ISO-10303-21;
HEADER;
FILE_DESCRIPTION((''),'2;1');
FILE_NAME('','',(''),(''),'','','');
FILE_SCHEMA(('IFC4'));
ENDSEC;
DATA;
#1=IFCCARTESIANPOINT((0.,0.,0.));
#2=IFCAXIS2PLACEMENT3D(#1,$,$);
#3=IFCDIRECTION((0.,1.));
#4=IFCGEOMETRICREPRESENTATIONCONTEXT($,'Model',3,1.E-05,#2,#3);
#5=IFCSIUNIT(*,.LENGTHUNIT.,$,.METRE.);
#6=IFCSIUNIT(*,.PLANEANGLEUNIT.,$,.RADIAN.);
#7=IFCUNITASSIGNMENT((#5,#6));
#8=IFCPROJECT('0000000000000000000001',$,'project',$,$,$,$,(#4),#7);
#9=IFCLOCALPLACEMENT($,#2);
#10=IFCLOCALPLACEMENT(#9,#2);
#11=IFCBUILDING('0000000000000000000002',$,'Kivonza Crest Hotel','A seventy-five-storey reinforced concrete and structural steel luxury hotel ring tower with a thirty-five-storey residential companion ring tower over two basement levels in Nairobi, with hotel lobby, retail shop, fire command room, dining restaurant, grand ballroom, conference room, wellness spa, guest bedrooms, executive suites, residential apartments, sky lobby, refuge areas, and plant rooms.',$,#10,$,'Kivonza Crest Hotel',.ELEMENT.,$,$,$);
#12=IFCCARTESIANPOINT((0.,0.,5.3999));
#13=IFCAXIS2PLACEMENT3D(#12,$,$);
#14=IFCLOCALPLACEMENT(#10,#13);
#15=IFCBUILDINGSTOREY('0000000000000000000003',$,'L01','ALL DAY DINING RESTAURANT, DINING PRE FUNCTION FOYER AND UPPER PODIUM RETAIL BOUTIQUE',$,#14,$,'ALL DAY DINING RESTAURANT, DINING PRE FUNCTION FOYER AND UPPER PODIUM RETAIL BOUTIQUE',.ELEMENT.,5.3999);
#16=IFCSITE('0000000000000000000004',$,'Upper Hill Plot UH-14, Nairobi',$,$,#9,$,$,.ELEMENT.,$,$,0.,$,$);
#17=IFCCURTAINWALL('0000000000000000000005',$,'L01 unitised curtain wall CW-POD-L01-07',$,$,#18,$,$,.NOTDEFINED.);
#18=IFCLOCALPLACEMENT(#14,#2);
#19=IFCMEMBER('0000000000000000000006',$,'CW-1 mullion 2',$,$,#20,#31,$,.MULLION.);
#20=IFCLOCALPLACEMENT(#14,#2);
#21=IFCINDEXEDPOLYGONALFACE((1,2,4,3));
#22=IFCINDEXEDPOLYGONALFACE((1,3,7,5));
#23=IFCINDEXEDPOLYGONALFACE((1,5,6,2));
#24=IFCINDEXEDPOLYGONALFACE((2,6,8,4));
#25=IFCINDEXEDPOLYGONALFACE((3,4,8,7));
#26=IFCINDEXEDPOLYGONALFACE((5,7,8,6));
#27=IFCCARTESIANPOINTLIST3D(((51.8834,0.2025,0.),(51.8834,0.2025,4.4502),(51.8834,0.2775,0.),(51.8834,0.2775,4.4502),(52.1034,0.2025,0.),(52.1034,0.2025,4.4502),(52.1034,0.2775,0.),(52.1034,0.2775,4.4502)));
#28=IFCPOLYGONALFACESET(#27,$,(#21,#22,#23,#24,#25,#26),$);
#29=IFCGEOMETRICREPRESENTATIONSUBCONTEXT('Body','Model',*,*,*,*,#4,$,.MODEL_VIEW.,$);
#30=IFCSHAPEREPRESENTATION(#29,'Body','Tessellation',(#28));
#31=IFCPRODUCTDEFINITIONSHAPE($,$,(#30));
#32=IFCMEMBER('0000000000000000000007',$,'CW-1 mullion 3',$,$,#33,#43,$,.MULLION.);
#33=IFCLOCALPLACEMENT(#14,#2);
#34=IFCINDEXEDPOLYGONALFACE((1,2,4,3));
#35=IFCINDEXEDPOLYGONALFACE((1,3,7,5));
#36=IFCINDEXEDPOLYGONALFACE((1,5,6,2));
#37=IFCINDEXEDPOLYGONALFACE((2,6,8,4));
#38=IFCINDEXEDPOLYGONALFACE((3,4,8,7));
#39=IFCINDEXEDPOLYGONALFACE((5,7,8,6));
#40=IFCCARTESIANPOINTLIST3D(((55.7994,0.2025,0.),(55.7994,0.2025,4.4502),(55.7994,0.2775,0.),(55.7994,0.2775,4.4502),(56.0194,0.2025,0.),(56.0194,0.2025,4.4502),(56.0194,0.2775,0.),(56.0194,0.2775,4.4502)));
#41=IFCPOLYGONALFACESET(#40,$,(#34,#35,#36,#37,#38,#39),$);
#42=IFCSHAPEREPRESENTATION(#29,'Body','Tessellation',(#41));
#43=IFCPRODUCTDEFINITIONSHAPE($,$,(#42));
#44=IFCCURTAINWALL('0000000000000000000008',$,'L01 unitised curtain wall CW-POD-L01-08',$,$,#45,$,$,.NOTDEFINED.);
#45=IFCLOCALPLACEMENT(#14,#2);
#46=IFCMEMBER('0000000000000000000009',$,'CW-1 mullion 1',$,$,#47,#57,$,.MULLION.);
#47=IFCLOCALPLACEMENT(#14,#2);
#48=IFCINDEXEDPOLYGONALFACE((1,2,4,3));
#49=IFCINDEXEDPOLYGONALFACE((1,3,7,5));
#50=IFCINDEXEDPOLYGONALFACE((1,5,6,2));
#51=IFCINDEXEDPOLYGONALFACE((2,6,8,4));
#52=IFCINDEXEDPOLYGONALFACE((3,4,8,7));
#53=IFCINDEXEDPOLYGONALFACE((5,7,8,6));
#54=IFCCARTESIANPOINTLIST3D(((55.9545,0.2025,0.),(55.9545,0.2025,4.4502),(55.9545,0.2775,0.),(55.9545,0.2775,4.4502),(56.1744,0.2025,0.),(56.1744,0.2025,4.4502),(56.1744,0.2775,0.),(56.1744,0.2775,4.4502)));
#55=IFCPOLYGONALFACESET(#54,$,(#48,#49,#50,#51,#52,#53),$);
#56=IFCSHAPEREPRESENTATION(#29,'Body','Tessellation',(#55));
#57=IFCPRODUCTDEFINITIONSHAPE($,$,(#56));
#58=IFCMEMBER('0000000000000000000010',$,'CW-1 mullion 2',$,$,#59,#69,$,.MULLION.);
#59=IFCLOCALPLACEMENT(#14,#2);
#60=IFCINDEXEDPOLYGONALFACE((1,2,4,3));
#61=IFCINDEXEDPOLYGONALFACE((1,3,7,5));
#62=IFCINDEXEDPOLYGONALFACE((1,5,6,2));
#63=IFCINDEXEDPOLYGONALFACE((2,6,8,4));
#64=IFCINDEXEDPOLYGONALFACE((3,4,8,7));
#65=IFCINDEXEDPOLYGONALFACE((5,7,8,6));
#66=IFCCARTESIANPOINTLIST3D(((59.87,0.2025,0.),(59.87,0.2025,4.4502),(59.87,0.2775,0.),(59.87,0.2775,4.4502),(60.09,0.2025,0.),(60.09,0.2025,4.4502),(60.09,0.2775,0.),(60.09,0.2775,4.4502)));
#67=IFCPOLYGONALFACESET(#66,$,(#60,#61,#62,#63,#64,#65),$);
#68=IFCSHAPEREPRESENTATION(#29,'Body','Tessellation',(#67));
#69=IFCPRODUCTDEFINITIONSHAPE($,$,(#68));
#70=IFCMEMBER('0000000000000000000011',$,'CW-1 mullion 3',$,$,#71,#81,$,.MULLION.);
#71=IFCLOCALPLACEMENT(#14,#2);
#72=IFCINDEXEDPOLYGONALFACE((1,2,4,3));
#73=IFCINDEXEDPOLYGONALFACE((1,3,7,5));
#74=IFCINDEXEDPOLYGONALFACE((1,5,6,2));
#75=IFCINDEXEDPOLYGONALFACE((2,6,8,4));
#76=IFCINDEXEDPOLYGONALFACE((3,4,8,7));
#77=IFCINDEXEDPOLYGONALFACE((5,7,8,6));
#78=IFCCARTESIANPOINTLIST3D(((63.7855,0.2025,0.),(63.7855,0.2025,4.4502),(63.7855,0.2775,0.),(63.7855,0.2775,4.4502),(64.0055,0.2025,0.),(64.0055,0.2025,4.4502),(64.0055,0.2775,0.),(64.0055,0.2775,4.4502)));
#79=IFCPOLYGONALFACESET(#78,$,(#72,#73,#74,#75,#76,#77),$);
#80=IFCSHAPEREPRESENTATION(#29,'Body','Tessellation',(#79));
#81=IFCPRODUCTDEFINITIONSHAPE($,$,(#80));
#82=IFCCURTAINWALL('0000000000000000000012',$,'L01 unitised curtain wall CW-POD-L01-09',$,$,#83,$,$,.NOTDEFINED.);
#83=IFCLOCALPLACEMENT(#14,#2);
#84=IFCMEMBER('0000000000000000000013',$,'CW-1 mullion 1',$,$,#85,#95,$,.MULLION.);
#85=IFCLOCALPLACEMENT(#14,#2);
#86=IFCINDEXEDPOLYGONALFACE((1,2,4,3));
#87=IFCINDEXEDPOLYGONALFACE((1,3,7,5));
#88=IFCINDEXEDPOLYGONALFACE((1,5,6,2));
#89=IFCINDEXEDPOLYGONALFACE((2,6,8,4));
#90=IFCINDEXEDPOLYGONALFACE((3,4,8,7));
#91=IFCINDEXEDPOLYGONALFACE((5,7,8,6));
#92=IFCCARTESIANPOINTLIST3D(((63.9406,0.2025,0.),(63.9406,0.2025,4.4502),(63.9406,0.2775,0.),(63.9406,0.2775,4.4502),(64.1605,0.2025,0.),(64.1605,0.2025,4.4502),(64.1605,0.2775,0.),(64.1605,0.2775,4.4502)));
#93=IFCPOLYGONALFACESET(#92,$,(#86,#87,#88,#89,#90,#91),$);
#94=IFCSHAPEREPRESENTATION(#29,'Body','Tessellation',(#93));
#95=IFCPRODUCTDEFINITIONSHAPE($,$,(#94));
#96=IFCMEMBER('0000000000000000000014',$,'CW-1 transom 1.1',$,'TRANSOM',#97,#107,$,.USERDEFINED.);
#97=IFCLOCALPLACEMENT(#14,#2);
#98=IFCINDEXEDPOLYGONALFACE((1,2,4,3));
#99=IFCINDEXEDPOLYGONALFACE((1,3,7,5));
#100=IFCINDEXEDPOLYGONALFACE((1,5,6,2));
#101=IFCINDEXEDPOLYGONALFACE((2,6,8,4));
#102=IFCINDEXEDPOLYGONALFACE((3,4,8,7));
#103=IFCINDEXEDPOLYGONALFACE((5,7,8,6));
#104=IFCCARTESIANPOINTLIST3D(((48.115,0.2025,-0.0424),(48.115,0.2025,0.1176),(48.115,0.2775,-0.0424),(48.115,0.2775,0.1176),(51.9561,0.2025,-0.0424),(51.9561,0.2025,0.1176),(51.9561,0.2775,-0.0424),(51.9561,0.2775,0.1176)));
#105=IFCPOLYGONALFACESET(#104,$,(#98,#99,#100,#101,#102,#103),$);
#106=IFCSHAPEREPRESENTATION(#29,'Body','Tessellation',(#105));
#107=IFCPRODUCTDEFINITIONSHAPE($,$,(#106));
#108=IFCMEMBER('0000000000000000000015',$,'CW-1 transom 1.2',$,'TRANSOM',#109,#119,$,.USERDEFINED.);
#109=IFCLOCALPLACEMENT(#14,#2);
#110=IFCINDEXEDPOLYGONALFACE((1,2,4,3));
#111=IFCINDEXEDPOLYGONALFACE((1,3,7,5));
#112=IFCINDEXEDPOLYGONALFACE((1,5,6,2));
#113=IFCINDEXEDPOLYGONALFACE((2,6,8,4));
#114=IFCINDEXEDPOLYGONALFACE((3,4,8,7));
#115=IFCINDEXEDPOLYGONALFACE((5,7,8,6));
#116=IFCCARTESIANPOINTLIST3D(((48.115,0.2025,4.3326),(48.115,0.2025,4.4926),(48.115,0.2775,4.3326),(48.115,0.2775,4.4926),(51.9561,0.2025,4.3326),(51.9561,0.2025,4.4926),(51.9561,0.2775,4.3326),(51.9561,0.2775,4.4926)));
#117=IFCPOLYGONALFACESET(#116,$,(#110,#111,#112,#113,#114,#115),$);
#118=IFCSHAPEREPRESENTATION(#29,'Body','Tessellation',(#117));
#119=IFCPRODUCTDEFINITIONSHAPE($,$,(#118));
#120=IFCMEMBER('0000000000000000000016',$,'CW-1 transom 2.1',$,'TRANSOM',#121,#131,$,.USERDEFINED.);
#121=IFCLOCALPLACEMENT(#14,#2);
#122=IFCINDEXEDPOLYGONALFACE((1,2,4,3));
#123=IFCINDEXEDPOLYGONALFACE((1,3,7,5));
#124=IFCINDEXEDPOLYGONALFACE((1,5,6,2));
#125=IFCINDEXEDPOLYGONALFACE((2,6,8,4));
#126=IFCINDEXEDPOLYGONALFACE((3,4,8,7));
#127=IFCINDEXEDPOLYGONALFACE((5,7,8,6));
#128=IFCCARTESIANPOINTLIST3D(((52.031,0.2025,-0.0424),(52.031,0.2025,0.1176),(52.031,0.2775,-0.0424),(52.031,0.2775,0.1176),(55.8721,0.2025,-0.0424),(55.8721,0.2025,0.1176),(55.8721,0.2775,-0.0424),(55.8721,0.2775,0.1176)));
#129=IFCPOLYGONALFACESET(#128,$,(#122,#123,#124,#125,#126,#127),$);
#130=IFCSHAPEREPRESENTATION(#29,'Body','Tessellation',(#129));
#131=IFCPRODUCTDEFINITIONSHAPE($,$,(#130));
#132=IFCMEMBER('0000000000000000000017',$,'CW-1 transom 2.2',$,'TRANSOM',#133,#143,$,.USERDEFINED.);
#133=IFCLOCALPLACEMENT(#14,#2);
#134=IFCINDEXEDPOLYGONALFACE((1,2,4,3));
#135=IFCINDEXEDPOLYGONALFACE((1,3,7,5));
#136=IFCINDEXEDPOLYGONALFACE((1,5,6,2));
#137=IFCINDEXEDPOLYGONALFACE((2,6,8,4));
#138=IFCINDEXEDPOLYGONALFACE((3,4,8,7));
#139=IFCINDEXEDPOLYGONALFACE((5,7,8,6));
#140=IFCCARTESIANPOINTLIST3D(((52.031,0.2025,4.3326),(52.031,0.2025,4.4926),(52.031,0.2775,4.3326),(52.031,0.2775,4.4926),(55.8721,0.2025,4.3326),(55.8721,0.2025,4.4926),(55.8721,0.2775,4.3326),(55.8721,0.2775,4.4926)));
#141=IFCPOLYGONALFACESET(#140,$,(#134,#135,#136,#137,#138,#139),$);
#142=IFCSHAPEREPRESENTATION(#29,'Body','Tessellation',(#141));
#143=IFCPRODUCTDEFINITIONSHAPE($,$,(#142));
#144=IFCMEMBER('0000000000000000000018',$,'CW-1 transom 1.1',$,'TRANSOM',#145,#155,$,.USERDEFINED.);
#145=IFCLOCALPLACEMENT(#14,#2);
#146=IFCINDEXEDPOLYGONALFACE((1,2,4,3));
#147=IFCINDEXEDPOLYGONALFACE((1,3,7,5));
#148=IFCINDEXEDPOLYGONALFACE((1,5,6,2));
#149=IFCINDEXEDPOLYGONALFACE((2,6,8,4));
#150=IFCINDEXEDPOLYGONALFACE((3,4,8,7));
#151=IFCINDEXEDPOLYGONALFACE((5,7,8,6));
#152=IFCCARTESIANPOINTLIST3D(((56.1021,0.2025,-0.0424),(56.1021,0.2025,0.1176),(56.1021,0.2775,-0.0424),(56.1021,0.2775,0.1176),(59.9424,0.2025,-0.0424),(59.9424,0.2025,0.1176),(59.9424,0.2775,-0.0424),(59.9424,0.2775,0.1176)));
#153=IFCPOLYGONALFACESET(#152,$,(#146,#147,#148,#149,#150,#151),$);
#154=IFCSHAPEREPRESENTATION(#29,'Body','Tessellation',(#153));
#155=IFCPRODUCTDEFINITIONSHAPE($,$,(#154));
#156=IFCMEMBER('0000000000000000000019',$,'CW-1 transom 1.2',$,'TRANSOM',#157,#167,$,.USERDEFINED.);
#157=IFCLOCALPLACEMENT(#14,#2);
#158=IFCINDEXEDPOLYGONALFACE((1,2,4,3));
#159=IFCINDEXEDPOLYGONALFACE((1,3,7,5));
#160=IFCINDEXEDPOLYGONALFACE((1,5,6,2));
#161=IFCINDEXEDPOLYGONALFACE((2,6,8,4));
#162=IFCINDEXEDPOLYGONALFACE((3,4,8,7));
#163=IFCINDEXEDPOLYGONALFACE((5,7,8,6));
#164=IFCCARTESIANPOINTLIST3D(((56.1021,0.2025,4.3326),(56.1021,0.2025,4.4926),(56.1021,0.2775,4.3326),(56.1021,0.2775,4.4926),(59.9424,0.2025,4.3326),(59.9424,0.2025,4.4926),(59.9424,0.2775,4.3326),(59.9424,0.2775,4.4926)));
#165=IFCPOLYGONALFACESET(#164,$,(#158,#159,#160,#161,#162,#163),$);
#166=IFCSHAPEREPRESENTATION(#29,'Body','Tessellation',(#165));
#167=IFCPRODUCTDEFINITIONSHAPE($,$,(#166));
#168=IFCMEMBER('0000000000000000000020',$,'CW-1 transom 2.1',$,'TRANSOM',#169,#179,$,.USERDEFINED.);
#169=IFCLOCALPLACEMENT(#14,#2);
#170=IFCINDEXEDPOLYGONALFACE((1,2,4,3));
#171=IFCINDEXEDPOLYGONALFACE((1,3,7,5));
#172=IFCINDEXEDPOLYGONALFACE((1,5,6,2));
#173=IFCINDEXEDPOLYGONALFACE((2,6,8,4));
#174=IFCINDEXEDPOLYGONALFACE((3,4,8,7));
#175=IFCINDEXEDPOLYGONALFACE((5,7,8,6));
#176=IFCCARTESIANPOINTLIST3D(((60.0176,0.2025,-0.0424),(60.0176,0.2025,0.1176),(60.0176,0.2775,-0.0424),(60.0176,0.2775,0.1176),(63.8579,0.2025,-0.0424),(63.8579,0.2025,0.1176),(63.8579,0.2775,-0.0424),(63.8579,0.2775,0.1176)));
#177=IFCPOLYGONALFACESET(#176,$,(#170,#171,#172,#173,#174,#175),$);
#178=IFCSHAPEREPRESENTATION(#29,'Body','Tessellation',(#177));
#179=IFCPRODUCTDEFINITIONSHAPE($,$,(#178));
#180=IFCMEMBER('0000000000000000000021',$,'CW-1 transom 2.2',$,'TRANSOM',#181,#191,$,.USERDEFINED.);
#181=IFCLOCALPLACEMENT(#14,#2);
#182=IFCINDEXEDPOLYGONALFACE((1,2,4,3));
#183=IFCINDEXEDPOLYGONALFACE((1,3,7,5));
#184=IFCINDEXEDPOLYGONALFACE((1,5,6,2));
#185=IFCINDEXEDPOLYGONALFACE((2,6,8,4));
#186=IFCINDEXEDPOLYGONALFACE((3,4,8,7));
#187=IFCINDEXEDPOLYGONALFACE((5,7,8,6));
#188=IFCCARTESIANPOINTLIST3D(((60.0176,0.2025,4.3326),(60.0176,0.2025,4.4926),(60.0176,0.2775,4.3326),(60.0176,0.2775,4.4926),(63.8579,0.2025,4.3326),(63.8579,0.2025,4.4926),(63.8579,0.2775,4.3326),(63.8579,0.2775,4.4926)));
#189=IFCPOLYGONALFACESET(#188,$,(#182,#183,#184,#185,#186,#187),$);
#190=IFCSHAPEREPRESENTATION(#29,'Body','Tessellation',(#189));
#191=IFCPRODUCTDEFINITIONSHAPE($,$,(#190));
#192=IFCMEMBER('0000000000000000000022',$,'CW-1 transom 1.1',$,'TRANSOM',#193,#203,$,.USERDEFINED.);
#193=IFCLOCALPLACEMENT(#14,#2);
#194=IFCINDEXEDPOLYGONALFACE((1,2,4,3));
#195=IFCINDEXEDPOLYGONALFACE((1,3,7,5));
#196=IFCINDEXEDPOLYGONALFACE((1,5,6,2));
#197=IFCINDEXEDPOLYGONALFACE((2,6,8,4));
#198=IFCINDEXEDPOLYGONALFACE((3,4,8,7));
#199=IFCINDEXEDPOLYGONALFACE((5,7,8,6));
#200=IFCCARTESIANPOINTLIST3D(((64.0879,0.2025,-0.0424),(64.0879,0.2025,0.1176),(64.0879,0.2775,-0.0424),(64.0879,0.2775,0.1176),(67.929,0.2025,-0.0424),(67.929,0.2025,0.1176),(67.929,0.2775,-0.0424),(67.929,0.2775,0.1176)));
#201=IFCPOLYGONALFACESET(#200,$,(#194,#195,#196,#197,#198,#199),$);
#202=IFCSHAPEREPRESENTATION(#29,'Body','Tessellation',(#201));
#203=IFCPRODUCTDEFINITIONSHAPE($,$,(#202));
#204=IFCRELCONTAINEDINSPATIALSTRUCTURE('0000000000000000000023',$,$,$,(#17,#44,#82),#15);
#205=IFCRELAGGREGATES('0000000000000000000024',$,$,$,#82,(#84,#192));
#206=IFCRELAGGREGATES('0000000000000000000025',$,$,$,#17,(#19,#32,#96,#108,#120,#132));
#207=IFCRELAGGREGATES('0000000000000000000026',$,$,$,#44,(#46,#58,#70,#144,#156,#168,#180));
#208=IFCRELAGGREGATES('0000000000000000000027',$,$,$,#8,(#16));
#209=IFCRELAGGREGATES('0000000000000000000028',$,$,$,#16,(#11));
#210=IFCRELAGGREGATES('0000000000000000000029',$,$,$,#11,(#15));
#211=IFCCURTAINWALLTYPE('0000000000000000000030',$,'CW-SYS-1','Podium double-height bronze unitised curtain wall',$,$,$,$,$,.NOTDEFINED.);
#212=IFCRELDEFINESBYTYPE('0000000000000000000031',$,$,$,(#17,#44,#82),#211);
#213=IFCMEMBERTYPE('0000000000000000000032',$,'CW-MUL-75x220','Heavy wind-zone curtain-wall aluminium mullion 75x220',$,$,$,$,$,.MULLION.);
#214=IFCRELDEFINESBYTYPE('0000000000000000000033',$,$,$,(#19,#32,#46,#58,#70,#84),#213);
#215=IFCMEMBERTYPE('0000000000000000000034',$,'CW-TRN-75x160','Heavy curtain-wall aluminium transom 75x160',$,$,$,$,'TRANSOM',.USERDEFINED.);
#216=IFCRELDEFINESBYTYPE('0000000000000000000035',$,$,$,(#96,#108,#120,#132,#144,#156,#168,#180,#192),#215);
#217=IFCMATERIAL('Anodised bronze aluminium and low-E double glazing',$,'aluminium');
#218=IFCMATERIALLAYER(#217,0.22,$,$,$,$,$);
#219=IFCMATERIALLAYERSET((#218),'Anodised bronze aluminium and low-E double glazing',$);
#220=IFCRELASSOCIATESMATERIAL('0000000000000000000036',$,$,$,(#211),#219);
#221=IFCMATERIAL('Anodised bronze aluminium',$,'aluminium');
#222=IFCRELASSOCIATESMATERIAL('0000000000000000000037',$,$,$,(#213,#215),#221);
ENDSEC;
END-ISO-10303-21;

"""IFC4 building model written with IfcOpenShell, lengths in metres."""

from ifc_helpers import new_model, si_unit, direction, frame, origin, origin_2d, place, context, subcontext, project, spatial, rectangle, extrude, material, layer, layer_set, material_profile, profile_set, type_object, element, aggregate, save


model = new_model("IFC4")

# Units and contexts
model_context = context("Model", 3, precision=1e-05, world=origin(), true_north=direction((0.0, 1.0)))
body_context = subcontext(model_context, "Body", "Model", "MODEL_VIEW")
ifc_project = project(units=[si_unit("LENGTHUNIT", "METRE"), si_unit("PLANEANGLEUNIT", "RADIAN")], contexts=[model_context])

# Site, building, storey
site_placement = place(None, origin())
site = spatial("IfcSite", under=ifc_project, at=site_placement, Name="Upper Hill Plot UH-14, Nairobi", CompositionType="ELEMENT", RefElevation=0.0)
building_placement = place(site_placement, origin())
building = spatial("IfcBuilding", under=site, at=building_placement, Name="Kivonza Crest Hotel", Description="A seventy-five-storey reinforced concrete and structural steel luxury hotel ring tower with a thirty-five-storey residential companion ring tower over two basement levels in Nairobi, with hotel lobby, retail shop, fire command room, dining restaurant, grand ballroom, conference room, wellness spa, guest bedrooms, executive suites, residential apartments, sky lobby, refuge areas, and plant rooms.", LongName="Kivonza Crest Hotel", CompositionType="ELEMENT")
storey_placement = place(building_placement, frame((0.0, 0.0, 5.3999)))
storey = spatial("IfcBuildingStorey", under=building, at=storey_placement, Name="L01", Description="ALL DAY DINING RESTAURANT, DINING PRE FUNCTION FOYER AND UPPER PODIUM RETAIL BOUTIQUE", LongName="ALL DAY DINING RESTAURANT, DINING PRE FUNCTION FOYER AND UPPER PODIUM RETAIL BOUTIQUE", CompositionType="ELEMENT", Elevation=5.3999)

# Curtain walls, members
ifc_material_1 = material(Name="Anodised bronze aluminium and low-E double glazing", Category="aluminium")
ifc_layer_1 = layer(ifc_material_1, 0.22)
ifc_layer_set_1 = layer_set([ifc_layer_1], Name="Anodised bronze aluminium and low-E double glazing")
curtain_wall_type = type_object("IfcCurtainWallType", Name="CW-SYS-1", Description="Podium double-height bronze unitised curtain wall", PredefinedType="NOTDEFINED", material=ifc_layer_set_1)
curtain_wall_1_placement = place(storey_placement, origin())
curtain_wall_1 = element("IfcCurtainWall", 1, at=curtain_wall_1_placement, inside=storey, type_object=curtain_wall_type, Name="L01 unitised curtain wall CW-POD-L01-07", PredefinedType="NOTDEFINED")
ifc_material_2 = material(Name="Anodised bronze aluminium", Category="aluminium")
ifc_material_profile_1 = material_profile(ifc_material_2, rectangle(XDim=0.075, YDim=0.22, at=origin_2d()), Name="CW-M 75x220")
ifc_profile_set_1 = profile_set([ifc_material_profile_1], Name="Anodised bronze aluminium")
member_type_1 = type_object("IfcMemberType", Name="CW-MUL-75x220", Description="Heavy wind-zone curtain-wall aluminium mullion 75x220", PredefinedType="MULLION", material=ifc_profile_set_1)
member_1_placement = place(storey_placement, frame((51.9934, 0.24, 0.0), z_axis=(0.0, 0.0, 1.0), x_axis=(0.0, 1.0, 0.0)))
member_1 = element("IfcMember", 2, at=member_1_placement, type_object=member_type_1, Name="CW-1 mullion 2", PredefinedType="MULLION", context=body_context, shape_type="SweptSolid", body=[
    extrude(rectangle(XDim=0.075, YDim=0.22, at=origin_2d()), origin(), (0.0, 0.0, 1.0), 4.4502),
])
member_2_placement = place(storey_placement, frame((55.9094, 0.24, 0.0), z_axis=(0.0, 0.0, 1.0), x_axis=(0.0, 1.0, 0.0)))
member_2 = element("IfcMember", 3, at=member_2_placement, type_object=member_type_1, Name="CW-1 mullion 3", PredefinedType="MULLION", context=body_context, shape_type="SweptSolid", body=[
    extrude(rectangle(XDim=0.075, YDim=0.22, at=origin_2d()), origin(), (0.0, 0.0, 1.0), 4.4502),
])
curtain_wall_2_placement = place(storey_placement, origin())
curtain_wall_2 = element("IfcCurtainWall", 4, at=curtain_wall_2_placement, inside=storey, type_object=curtain_wall_type, Name="L01 unitised curtain wall CW-POD-L01-08", PredefinedType="NOTDEFINED")
member_3_placement = place(storey_placement, frame((56.0645, 0.24, 0.0), z_axis=(0.0, 0.0, 1.0), x_axis=(0.0, 1.0, 0.0)))
member_3 = element("IfcMember", 5, at=member_3_placement, type_object=member_type_1, Name="CW-1 mullion 1", PredefinedType="MULLION", context=body_context, shape_type="SweptSolid", body=[
    extrude(rectangle(XDim=0.075, YDim=0.22, at=origin_2d()), origin(), (0.0, 0.0, 1.0), 4.4502),
])
member_4_placement = place(storey_placement, frame((59.98, 0.24, 0.0), z_axis=(0.0, 0.0, 1.0), x_axis=(0.0, 1.0, 0.0)))
member_4 = element("IfcMember", 6, at=member_4_placement, type_object=member_type_1, Name="CW-1 mullion 2", PredefinedType="MULLION", context=body_context, shape_type="SweptSolid", body=[
    extrude(rectangle(XDim=0.075, YDim=0.22, at=origin_2d()), origin(), (0.0, 0.0, 1.0), 4.4502),
])
member_5_placement = place(storey_placement, frame((63.8955, 0.24, 0.0), z_axis=(0.0, 0.0, 1.0), x_axis=(0.0, 1.0, 0.0)))
member_5 = element("IfcMember", 7, at=member_5_placement, type_object=member_type_1, Name="CW-1 mullion 3", PredefinedType="MULLION", context=body_context, shape_type="SweptSolid", body=[
    extrude(rectangle(XDim=0.075, YDim=0.22, at=origin_2d()), origin(), (0.0, 0.0, 1.0), 4.4502),
])

# Curtain wall, member
curtain_wall_3_placement = place(storey_placement, origin())
curtain_wall_3 = element("IfcCurtainWall", 8, at=curtain_wall_3_placement, inside=storey, type_object=curtain_wall_type, Name="L01 unitised curtain wall CW-POD-L01-09", PredefinedType="NOTDEFINED")
member_6_placement = place(storey_placement, frame((64.0505, 0.24, 0.0), z_axis=(0.0, 0.0, 1.0), x_axis=(0.0, 1.0, 0.0)))
member_6 = element("IfcMember", 9, at=member_6_placement, type_object=member_type_1, Name="CW-1 mullion 1", PredefinedType="MULLION", context=body_context, shape_type="SweptSolid", body=[
    extrude(rectangle(XDim=0.075, YDim=0.22, at=origin_2d()), origin(), (0.0, 0.0, 1.0), 4.4502),
])

# Members
ifc_material_profile_2 = material_profile(ifc_material_2, rectangle(XDim=0.075, YDim=0.1599, at=origin_2d()), Name="CW-T 75x160")
ifc_profile_set_2 = profile_set([ifc_material_profile_2], Name="Anodised bronze aluminium")
member_type_2 = type_object("IfcMemberType", Name="CW-TRN-75x160", Description="Heavy curtain-wall aluminium transom 75x160", ElementType="TRANSOM", PredefinedType="USERDEFINED", material=ifc_profile_set_2)
member_7_placement = place(storey_placement, frame((48.115, 0.24, 0.0376), z_axis=(1.0, 0.0, 0.0), x_axis=(0.0, 1.0, 0.0)))
member_7 = element("IfcMember", 10, at=member_7_placement, type_object=member_type_2, Name="CW-1 transom 1.1", ObjectType="TRANSOM", PredefinedType="USERDEFINED", context=body_context, shape_type="SweptSolid", body=[
    extrude(rectangle(XDim=0.075, YDim=0.1599, at=origin_2d()), origin(), (0.0, 0.0, 1.0), 3.8411),
])
member_8_placement = place(storey_placement, frame((48.115, 0.24, 4.4126), z_axis=(1.0, 0.0, 0.0), x_axis=(0.0, 1.0, 0.0)))
member_8 = element("IfcMember", 11, at=member_8_placement, type_object=member_type_2, Name="CW-1 transom 1.2", ObjectType="TRANSOM", PredefinedType="USERDEFINED", context=body_context, shape_type="SweptSolid", body=[
    extrude(rectangle(XDim=0.075, YDim=0.1599, at=origin_2d()), origin(), (0.0, 0.0, 1.0), 3.8411),
])
member_9_placement = place(storey_placement, frame((52.031, 0.24, 0.0376), z_axis=(1.0, 0.0, 0.0), x_axis=(0.0, 1.0, 0.0)))
member_9 = element("IfcMember", 12, at=member_9_placement, type_object=member_type_2, Name="CW-1 transom 2.1", ObjectType="TRANSOM", PredefinedType="USERDEFINED", context=body_context, shape_type="SweptSolid", body=[
    extrude(rectangle(XDim=0.075, YDim=0.1599, at=origin_2d()), origin(), (0.0, 0.0, 1.0), 3.8411),
])
member_10_placement = place(storey_placement, frame((52.031, 0.24, 4.4126), z_axis=(1.0, 0.0, 0.0), x_axis=(0.0, 1.0, 0.0)))
member_10 = element("IfcMember", 13, at=member_10_placement, type_object=member_type_2, Name="CW-1 transom 2.2", ObjectType="TRANSOM", PredefinedType="USERDEFINED", context=body_context, shape_type="SweptSolid", body=[
    extrude(rectangle(XDim=0.075, YDim=0.1599, at=origin_2d()), origin(), (0.0, 0.0, 1.0), 3.8411),
])
member_11_placement = place(storey_placement, frame((56.1021, 0.24, 0.0376), z_axis=(1.0, 0.0, 0.0), x_axis=(0.0, 1.0, 0.0)))
member_11 = element("IfcMember", 14, at=member_11_placement, type_object=member_type_2, Name="CW-1 transom 1.1", ObjectType="TRANSOM", PredefinedType="USERDEFINED", context=body_context, shape_type="SweptSolid", body=[
    extrude(rectangle(XDim=0.075, YDim=0.1599, at=origin_2d()), origin(), (0.0, 0.0, 1.0), 3.8403),
])
member_12_placement = place(storey_placement, frame((56.1021, 0.24, 4.4126), z_axis=(1.0, 0.0, 0.0), x_axis=(0.0, 1.0, 0.0)))
member_12 = element("IfcMember", 15, at=member_12_placement, type_object=member_type_2, Name="CW-1 transom 1.2", ObjectType="TRANSOM", PredefinedType="USERDEFINED", context=body_context, shape_type="SweptSolid", body=[
    extrude(rectangle(XDim=0.075, YDim=0.1599, at=origin_2d()), origin(), (0.0, 0.0, 1.0), 3.8403),
])
member_13_placement = place(storey_placement, frame((60.0176, 0.24, 0.0376), z_axis=(1.0, 0.0, 0.0), x_axis=(0.0, 1.0, 0.0)))
member_13 = element("IfcMember", 16, at=member_13_placement, type_object=member_type_2, Name="CW-1 transom 2.1", ObjectType="TRANSOM", PredefinedType="USERDEFINED", context=body_context, shape_type="SweptSolid", body=[
    extrude(rectangle(XDim=0.075, YDim=0.1599, at=origin_2d()), origin(), (0.0, 0.0, 1.0), 3.8403),
])
member_14_placement = place(storey_placement, frame((60.0176, 0.24, 4.4126), z_axis=(1.0, 0.0, 0.0), x_axis=(0.0, 1.0, 0.0)))
member_14 = element("IfcMember", 17, at=member_14_placement, type_object=member_type_2, Name="CW-1 transom 2.2", ObjectType="TRANSOM", PredefinedType="USERDEFINED", context=body_context, shape_type="SweptSolid", body=[
    extrude(rectangle(XDim=0.075, YDim=0.1599, at=origin_2d()), origin(), (0.0, 0.0, 1.0), 3.8403),
])
member_15_placement = place(storey_placement, frame((64.0879, 0.24, 0.0376), z_axis=(1.0, 0.0, 0.0), x_axis=(0.0, 1.0, 0.0)))
member_15 = element("IfcMember", 18, at=member_15_placement, type_object=member_type_2, Name="CW-1 transom 1.1", ObjectType="TRANSOM", PredefinedType="USERDEFINED", context=body_context, shape_type="SweptSolid", body=[
    extrude(rectangle(XDim=0.075, YDim=0.1599, at=origin_2d()), origin(), (0.0, 0.0, 1.0), 3.8411),
])
aggregate(curtain_wall_3, [member_6, member_15])

aggregate(curtain_wall_1, [member_1, member_2, member_7, member_8, member_9, member_10])
aggregate(curtain_wall_2, [member_3, member_4, member_5, member_11, member_12, member_13, member_14])

save(model, "model.ifc")
